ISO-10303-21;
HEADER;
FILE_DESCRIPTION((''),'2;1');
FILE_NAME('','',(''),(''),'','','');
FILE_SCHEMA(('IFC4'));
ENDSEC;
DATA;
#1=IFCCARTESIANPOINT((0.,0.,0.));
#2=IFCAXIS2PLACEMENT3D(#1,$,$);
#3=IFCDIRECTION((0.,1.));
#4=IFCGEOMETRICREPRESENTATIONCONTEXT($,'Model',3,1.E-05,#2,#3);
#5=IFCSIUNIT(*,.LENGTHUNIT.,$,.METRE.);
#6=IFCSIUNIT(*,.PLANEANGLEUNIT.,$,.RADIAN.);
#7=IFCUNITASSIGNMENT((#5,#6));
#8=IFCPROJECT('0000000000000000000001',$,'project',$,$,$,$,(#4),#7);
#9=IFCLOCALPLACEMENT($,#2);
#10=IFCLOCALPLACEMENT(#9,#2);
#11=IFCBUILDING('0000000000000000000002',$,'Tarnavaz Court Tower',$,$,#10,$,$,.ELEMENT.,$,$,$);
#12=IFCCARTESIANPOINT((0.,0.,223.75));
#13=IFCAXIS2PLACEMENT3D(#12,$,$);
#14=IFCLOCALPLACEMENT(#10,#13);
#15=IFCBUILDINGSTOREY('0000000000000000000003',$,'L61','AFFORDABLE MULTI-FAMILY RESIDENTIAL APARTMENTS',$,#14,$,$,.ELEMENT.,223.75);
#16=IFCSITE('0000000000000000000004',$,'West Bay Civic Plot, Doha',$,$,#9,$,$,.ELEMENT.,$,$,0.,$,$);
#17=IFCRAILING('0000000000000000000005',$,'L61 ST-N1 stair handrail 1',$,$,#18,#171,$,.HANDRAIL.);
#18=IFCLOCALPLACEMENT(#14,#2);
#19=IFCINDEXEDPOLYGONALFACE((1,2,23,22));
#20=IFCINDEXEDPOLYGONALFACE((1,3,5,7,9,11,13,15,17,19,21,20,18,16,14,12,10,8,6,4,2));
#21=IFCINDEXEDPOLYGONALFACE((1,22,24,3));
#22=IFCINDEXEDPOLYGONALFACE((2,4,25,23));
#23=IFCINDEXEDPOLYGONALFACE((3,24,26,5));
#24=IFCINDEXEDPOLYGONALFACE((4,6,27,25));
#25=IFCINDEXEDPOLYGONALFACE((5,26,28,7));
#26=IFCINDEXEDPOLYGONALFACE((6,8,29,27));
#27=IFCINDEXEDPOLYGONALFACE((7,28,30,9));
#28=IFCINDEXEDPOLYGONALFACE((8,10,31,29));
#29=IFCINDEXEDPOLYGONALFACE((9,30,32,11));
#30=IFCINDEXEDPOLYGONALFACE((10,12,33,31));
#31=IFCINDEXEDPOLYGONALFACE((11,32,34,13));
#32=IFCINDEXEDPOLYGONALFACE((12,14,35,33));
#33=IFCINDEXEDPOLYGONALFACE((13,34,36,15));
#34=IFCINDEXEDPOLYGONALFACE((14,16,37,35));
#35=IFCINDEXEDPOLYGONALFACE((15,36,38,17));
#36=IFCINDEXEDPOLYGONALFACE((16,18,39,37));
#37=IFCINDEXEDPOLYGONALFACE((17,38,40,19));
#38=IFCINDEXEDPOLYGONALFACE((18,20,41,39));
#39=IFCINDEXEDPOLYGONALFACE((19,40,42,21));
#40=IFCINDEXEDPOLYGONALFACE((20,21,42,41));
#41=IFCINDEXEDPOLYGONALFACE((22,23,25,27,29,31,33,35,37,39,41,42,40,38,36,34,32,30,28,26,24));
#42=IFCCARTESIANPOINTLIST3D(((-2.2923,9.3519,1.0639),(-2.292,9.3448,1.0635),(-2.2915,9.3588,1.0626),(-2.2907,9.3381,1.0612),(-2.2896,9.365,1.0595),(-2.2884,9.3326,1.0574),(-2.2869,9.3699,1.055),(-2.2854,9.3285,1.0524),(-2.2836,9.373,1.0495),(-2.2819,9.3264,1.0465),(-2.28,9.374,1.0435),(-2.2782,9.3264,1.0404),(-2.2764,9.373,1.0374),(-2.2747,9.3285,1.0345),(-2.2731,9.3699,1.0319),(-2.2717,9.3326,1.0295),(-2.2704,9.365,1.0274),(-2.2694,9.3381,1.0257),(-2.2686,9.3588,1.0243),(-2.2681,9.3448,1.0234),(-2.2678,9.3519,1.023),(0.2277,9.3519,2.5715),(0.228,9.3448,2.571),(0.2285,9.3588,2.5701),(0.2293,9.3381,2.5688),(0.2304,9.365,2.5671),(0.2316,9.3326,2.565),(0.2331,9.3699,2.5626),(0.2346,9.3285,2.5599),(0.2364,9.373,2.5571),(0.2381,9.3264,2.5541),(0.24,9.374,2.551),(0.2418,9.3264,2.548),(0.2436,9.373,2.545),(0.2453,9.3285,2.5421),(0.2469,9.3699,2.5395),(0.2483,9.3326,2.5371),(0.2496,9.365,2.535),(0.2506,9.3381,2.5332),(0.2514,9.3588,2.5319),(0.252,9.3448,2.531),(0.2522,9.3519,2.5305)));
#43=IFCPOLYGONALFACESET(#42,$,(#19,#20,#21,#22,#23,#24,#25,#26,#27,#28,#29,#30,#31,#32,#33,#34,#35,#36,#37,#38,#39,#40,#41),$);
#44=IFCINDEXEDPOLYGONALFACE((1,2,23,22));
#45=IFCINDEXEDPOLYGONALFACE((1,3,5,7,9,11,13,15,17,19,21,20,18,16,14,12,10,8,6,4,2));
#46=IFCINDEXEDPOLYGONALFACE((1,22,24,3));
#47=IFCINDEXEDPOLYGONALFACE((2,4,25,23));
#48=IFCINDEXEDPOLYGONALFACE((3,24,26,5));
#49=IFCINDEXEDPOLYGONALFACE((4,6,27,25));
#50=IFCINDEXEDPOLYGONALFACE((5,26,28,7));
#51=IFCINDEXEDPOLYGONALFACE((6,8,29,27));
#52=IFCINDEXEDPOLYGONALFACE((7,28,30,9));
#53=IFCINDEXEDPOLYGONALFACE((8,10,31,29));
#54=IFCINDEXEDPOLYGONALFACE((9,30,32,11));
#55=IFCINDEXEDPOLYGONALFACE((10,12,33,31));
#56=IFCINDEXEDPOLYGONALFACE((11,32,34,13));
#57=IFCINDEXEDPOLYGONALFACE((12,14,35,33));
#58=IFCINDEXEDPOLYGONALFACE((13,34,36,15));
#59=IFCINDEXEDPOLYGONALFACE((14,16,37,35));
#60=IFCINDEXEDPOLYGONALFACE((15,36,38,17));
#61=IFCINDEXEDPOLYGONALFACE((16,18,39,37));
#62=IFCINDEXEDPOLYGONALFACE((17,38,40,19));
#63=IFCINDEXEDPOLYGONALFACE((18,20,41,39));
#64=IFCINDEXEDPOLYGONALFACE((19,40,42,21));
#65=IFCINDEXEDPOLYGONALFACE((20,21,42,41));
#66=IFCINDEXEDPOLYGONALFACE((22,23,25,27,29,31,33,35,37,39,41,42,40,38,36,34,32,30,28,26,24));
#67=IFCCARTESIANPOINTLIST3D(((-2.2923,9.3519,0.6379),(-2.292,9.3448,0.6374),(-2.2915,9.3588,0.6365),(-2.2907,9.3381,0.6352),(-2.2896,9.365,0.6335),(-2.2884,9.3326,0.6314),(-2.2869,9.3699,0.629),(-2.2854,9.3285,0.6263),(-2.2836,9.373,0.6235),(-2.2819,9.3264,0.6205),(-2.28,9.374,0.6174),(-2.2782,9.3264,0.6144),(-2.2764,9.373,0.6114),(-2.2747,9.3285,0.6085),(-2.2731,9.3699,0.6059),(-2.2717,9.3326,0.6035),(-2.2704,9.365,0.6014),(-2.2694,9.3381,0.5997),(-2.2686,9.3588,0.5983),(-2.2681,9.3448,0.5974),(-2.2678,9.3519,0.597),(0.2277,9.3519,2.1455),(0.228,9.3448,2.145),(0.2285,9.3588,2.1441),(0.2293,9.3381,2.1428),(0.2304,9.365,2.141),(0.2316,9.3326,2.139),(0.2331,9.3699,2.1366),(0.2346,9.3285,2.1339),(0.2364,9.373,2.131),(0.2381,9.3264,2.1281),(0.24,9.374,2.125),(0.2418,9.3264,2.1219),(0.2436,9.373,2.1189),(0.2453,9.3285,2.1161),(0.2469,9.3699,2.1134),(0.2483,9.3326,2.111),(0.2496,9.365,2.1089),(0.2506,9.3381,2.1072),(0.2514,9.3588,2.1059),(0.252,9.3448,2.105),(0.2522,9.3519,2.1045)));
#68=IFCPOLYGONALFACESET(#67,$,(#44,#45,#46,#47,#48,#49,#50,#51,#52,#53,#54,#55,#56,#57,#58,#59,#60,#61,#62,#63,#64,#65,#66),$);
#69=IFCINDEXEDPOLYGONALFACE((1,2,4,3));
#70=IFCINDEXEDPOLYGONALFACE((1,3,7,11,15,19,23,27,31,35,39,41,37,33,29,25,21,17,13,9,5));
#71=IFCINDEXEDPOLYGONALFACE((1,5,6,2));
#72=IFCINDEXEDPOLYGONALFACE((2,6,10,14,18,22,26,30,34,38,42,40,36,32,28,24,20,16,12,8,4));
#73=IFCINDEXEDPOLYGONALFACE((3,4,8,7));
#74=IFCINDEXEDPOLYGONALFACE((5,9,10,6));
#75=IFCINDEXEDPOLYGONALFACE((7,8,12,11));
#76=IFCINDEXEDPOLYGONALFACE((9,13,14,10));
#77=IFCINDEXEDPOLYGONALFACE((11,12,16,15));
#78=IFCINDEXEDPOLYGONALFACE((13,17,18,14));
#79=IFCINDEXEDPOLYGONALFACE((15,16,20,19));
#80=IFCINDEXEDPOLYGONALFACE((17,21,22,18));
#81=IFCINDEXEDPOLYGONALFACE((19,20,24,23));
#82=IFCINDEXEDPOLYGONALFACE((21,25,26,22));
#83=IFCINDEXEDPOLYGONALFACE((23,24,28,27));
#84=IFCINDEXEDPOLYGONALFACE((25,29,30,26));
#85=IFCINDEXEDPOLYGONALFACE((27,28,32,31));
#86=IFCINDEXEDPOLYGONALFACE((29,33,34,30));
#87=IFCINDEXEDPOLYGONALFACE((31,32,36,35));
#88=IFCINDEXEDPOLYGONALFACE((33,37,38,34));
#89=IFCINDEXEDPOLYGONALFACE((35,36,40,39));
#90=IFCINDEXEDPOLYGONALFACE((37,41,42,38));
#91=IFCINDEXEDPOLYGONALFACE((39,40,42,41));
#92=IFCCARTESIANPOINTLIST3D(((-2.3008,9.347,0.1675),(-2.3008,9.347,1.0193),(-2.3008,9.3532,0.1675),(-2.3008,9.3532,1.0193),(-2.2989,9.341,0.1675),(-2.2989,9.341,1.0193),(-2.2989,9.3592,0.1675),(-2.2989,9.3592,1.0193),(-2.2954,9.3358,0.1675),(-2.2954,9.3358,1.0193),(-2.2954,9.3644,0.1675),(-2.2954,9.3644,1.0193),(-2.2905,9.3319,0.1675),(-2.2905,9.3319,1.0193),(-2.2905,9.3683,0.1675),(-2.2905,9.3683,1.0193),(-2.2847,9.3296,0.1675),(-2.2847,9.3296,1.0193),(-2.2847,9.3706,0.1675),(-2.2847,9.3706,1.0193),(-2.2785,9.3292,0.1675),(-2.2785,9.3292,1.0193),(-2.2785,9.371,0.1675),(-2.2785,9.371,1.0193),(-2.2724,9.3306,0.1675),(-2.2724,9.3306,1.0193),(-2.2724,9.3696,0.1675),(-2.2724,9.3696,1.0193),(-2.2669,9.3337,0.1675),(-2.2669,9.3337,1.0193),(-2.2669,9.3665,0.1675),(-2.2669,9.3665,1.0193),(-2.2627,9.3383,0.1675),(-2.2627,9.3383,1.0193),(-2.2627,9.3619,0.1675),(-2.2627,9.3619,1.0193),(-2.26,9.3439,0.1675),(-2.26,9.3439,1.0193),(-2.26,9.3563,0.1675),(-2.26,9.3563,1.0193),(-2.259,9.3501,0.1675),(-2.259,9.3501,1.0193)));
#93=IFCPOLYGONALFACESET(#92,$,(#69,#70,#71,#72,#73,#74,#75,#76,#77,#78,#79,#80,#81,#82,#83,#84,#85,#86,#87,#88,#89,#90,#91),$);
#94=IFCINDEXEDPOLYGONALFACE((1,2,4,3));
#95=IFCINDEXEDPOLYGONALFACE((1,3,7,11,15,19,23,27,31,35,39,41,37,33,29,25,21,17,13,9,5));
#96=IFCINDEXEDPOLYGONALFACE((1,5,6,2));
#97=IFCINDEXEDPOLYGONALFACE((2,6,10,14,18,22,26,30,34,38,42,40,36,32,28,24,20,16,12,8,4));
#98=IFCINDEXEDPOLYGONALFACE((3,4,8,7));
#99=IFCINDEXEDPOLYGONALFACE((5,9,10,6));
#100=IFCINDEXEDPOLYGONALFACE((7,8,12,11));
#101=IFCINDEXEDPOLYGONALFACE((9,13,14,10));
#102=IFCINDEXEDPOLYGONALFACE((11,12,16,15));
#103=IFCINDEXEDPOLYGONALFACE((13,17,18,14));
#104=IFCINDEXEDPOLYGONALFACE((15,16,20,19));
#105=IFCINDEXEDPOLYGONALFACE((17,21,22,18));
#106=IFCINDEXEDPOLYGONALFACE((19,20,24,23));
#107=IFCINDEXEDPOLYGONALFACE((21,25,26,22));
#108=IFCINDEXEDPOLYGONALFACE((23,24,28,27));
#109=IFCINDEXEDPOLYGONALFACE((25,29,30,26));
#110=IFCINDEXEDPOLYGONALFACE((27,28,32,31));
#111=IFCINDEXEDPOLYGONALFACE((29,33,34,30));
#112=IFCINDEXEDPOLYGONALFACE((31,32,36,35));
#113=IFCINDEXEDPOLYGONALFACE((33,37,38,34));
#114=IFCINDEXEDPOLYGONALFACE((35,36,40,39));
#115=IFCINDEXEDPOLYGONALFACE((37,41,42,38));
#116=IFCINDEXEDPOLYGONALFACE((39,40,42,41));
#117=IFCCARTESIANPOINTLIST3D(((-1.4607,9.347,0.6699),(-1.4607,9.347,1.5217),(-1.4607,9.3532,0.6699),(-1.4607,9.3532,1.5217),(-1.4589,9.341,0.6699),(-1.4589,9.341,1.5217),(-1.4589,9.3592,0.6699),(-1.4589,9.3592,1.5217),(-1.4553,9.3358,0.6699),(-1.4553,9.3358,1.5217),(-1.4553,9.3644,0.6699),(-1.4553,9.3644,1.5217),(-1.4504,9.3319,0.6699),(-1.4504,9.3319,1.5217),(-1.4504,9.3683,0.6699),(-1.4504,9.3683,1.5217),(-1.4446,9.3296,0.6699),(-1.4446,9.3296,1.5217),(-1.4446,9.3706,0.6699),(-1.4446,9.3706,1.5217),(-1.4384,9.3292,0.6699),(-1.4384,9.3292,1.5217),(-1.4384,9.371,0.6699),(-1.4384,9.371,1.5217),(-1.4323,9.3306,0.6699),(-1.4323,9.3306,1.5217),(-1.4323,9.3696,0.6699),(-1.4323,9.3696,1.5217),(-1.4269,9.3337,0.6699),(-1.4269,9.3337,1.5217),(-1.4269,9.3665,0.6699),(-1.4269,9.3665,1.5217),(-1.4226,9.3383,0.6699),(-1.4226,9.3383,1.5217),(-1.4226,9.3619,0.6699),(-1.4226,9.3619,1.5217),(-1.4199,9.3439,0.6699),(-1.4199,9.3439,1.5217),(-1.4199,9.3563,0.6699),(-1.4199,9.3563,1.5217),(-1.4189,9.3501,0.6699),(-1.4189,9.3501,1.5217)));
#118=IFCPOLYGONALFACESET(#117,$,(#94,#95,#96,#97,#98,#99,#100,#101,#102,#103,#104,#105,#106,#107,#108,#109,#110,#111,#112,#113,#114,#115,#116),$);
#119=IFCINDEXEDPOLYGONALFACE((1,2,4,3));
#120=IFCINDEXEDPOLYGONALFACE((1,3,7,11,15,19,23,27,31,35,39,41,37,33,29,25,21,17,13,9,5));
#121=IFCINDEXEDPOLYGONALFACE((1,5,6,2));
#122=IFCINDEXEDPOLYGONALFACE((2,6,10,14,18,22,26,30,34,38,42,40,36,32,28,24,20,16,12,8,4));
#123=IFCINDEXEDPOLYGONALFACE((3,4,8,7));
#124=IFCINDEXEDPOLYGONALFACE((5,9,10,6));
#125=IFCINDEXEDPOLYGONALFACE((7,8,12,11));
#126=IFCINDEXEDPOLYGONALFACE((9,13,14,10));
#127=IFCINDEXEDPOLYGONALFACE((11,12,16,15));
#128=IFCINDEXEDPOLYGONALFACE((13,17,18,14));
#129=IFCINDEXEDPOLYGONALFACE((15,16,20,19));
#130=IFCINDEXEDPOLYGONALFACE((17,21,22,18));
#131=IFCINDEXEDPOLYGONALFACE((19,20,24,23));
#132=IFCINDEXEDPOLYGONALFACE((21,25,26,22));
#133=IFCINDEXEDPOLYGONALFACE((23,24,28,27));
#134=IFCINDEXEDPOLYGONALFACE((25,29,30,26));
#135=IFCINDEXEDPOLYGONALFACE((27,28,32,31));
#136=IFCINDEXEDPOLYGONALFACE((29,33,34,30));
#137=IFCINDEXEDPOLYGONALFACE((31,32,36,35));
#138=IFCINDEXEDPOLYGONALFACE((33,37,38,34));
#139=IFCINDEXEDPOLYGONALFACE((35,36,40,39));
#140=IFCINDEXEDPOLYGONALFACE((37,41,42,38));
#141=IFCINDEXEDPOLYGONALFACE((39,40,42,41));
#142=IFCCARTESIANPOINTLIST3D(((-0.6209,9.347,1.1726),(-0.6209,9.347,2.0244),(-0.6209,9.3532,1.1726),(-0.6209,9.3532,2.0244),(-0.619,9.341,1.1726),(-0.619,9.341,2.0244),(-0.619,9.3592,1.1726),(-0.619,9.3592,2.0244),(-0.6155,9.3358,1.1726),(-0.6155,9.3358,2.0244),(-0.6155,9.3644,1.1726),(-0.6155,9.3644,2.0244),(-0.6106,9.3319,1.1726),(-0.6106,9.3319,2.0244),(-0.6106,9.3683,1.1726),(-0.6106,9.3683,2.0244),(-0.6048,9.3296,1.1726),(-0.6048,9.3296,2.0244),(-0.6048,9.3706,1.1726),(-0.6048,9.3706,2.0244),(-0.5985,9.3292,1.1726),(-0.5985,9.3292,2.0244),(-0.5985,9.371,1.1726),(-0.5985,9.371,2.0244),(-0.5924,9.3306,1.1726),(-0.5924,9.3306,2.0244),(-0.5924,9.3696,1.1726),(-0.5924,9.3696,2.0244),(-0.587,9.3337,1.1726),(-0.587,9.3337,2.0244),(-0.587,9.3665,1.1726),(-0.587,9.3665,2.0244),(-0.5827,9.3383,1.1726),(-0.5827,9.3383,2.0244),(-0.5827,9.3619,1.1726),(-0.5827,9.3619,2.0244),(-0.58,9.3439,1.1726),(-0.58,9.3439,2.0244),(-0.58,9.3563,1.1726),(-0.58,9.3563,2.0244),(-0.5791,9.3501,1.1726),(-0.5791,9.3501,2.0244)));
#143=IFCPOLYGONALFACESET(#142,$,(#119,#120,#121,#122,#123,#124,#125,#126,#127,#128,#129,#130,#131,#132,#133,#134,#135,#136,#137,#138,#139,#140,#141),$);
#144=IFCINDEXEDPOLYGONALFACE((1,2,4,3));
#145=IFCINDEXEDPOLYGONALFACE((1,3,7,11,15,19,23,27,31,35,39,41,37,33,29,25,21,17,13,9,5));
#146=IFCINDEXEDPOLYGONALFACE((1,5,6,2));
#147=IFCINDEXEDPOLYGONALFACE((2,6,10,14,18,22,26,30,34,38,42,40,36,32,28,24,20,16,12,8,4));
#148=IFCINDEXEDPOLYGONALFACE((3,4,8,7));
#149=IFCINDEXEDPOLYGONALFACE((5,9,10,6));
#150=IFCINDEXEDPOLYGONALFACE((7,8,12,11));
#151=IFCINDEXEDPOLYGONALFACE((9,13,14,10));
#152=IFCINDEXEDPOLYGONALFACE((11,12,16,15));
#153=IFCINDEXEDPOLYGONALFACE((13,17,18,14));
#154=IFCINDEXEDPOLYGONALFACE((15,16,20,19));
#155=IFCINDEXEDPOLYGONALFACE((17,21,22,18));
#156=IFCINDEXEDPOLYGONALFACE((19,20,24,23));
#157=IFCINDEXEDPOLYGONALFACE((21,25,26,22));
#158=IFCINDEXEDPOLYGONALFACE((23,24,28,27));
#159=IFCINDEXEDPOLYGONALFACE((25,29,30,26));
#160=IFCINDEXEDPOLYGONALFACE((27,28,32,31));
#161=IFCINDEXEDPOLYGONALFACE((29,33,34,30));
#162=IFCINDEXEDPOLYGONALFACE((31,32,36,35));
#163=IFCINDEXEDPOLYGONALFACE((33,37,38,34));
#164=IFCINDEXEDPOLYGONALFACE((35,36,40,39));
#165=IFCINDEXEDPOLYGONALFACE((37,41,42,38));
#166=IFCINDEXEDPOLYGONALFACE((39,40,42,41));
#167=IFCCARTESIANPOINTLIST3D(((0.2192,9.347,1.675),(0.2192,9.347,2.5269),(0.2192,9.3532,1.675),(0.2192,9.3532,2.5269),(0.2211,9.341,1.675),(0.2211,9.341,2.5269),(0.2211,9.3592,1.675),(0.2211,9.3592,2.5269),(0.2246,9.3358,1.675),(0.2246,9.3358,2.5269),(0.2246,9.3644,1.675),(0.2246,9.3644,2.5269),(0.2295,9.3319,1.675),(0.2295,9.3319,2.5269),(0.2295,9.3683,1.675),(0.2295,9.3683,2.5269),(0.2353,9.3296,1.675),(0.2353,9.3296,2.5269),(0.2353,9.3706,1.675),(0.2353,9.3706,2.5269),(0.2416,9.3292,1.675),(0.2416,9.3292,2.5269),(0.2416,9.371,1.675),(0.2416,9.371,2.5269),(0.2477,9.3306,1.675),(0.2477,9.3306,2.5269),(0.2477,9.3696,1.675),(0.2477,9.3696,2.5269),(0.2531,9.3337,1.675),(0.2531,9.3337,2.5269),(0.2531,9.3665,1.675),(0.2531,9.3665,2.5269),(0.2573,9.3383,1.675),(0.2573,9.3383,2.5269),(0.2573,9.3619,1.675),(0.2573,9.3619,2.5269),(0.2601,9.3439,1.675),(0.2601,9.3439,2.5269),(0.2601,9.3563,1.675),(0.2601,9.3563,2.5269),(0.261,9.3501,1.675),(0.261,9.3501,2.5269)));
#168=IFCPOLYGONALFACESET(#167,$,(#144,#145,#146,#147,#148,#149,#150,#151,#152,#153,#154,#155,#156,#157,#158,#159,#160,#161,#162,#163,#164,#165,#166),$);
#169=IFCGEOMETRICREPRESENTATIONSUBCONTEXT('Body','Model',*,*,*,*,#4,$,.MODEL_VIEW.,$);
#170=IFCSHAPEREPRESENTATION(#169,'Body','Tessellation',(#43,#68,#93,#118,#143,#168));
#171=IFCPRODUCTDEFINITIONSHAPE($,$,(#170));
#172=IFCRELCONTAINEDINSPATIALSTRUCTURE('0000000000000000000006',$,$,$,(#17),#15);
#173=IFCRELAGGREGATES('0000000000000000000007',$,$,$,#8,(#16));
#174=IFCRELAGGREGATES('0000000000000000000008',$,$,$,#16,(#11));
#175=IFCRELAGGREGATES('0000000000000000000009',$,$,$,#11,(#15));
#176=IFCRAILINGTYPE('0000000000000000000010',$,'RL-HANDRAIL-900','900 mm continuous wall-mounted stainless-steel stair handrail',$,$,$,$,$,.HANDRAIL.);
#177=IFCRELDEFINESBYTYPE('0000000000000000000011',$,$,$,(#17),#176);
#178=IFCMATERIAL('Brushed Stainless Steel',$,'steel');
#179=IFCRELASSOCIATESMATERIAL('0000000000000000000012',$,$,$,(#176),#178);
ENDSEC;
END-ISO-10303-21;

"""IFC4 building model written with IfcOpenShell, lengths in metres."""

from ifc_helpers import new_model, si_unit, direction, frame, origin, origin_2d, place, context, subcontext, project, spatial, circle, extrude, material, type_object, element, save


model = new_model("IFC4")

# Units and contexts
model_context = context("Model", 3, precision=1e-05, world=origin(), true_north=direction((0.0, 1.0)))
body_context = subcontext(model_context, "Body", "Model", "MODEL_VIEW")
ifc_project = project(units=[si_unit("LENGTHUNIT", "METRE"), si_unit("PLANEANGLEUNIT", "RADIAN")], contexts=[model_context])

# Site, building, storey
site_placement = place(None, origin())
site = spatial("IfcSite", under=ifc_project, at=site_placement, Name="West Bay Civic Plot, Doha", CompositionType="ELEMENT", RefElevation=0.0)
building_placement = place(site_placement, origin())
building = spatial("IfcBuilding", under=site, at=building_placement, Name="Tarnavaz Court Tower", CompositionType="ELEMENT")
storey_placement = place(building_placement, frame((0.0, 0.0, 223.75)))
storey = spatial("IfcBuildingStorey", under=building, at=storey_placement, Name="L61", Description="AFFORDABLE MULTI-FAMILY RESIDENTIAL APARTMENTS", CompositionType="ELEMENT", Elevation=223.75)

# Railing
ifc_material_1 = material(Name="Brushed Stainless Steel", Category="steel")
railing_type_1 = type_object("IfcRailingType", Name="RL-HANDRAIL-900", Description="900 mm continuous wall-mounted stainless-steel stair handrail", PredefinedType="HANDRAIL", material=ifc_material_1)
railing_1_placement = place(storey_placement, frame((-2.28, 9.3501, 0.1675)))
element("IfcRailing", 1, at=railing_1_placement, inside=storey, type_object=railing_type_1, Name="L61 ST-N1 stair handrail 1", PredefinedType="HANDRAIL", context=body_context, shape_type="SweptSolid", body=[
    extrude(circle(Radius=0.0239, at=origin_2d()), frame((0.0, 0.0, 0.876), z_axis=(0.85816, 0.0, 0.513383), x_axis=(0.0, 1.0, 0.0)), (0.0, 0.0, 1.0), 2.9365),
    extrude(circle(Radius=0.0239, at=origin_2d()), frame((0.0, 0.0, 0.45), z_axis=(0.85816, 0.0, 0.513383), x_axis=(0.0, 1.0, 0.0)), (0.0, 0.0, 1.0), 2.9365),
    extrude(circle(Radius=0.021, at=origin_2d()), origin(), (0.0, 0.0, 1.0), 0.8518),
    extrude(circle(Radius=0.021, at=origin_2d()), frame((0.8401, 0.0, 0.5024)), (0.0, 0.0, 1.0), 0.8518),
    extrude(circle(Radius=0.021, at=origin_2d()), frame((1.6799, 0.0, 1.0051)), (0.0, 0.0, 1.0), 0.8518),
    extrude(circle(Radius=0.021, at=origin_2d()), frame((2.52, 0.0, 1.5076)), (0.0, 0.0, 1.0), 0.8518),
])

save(model, "model.ifc")
